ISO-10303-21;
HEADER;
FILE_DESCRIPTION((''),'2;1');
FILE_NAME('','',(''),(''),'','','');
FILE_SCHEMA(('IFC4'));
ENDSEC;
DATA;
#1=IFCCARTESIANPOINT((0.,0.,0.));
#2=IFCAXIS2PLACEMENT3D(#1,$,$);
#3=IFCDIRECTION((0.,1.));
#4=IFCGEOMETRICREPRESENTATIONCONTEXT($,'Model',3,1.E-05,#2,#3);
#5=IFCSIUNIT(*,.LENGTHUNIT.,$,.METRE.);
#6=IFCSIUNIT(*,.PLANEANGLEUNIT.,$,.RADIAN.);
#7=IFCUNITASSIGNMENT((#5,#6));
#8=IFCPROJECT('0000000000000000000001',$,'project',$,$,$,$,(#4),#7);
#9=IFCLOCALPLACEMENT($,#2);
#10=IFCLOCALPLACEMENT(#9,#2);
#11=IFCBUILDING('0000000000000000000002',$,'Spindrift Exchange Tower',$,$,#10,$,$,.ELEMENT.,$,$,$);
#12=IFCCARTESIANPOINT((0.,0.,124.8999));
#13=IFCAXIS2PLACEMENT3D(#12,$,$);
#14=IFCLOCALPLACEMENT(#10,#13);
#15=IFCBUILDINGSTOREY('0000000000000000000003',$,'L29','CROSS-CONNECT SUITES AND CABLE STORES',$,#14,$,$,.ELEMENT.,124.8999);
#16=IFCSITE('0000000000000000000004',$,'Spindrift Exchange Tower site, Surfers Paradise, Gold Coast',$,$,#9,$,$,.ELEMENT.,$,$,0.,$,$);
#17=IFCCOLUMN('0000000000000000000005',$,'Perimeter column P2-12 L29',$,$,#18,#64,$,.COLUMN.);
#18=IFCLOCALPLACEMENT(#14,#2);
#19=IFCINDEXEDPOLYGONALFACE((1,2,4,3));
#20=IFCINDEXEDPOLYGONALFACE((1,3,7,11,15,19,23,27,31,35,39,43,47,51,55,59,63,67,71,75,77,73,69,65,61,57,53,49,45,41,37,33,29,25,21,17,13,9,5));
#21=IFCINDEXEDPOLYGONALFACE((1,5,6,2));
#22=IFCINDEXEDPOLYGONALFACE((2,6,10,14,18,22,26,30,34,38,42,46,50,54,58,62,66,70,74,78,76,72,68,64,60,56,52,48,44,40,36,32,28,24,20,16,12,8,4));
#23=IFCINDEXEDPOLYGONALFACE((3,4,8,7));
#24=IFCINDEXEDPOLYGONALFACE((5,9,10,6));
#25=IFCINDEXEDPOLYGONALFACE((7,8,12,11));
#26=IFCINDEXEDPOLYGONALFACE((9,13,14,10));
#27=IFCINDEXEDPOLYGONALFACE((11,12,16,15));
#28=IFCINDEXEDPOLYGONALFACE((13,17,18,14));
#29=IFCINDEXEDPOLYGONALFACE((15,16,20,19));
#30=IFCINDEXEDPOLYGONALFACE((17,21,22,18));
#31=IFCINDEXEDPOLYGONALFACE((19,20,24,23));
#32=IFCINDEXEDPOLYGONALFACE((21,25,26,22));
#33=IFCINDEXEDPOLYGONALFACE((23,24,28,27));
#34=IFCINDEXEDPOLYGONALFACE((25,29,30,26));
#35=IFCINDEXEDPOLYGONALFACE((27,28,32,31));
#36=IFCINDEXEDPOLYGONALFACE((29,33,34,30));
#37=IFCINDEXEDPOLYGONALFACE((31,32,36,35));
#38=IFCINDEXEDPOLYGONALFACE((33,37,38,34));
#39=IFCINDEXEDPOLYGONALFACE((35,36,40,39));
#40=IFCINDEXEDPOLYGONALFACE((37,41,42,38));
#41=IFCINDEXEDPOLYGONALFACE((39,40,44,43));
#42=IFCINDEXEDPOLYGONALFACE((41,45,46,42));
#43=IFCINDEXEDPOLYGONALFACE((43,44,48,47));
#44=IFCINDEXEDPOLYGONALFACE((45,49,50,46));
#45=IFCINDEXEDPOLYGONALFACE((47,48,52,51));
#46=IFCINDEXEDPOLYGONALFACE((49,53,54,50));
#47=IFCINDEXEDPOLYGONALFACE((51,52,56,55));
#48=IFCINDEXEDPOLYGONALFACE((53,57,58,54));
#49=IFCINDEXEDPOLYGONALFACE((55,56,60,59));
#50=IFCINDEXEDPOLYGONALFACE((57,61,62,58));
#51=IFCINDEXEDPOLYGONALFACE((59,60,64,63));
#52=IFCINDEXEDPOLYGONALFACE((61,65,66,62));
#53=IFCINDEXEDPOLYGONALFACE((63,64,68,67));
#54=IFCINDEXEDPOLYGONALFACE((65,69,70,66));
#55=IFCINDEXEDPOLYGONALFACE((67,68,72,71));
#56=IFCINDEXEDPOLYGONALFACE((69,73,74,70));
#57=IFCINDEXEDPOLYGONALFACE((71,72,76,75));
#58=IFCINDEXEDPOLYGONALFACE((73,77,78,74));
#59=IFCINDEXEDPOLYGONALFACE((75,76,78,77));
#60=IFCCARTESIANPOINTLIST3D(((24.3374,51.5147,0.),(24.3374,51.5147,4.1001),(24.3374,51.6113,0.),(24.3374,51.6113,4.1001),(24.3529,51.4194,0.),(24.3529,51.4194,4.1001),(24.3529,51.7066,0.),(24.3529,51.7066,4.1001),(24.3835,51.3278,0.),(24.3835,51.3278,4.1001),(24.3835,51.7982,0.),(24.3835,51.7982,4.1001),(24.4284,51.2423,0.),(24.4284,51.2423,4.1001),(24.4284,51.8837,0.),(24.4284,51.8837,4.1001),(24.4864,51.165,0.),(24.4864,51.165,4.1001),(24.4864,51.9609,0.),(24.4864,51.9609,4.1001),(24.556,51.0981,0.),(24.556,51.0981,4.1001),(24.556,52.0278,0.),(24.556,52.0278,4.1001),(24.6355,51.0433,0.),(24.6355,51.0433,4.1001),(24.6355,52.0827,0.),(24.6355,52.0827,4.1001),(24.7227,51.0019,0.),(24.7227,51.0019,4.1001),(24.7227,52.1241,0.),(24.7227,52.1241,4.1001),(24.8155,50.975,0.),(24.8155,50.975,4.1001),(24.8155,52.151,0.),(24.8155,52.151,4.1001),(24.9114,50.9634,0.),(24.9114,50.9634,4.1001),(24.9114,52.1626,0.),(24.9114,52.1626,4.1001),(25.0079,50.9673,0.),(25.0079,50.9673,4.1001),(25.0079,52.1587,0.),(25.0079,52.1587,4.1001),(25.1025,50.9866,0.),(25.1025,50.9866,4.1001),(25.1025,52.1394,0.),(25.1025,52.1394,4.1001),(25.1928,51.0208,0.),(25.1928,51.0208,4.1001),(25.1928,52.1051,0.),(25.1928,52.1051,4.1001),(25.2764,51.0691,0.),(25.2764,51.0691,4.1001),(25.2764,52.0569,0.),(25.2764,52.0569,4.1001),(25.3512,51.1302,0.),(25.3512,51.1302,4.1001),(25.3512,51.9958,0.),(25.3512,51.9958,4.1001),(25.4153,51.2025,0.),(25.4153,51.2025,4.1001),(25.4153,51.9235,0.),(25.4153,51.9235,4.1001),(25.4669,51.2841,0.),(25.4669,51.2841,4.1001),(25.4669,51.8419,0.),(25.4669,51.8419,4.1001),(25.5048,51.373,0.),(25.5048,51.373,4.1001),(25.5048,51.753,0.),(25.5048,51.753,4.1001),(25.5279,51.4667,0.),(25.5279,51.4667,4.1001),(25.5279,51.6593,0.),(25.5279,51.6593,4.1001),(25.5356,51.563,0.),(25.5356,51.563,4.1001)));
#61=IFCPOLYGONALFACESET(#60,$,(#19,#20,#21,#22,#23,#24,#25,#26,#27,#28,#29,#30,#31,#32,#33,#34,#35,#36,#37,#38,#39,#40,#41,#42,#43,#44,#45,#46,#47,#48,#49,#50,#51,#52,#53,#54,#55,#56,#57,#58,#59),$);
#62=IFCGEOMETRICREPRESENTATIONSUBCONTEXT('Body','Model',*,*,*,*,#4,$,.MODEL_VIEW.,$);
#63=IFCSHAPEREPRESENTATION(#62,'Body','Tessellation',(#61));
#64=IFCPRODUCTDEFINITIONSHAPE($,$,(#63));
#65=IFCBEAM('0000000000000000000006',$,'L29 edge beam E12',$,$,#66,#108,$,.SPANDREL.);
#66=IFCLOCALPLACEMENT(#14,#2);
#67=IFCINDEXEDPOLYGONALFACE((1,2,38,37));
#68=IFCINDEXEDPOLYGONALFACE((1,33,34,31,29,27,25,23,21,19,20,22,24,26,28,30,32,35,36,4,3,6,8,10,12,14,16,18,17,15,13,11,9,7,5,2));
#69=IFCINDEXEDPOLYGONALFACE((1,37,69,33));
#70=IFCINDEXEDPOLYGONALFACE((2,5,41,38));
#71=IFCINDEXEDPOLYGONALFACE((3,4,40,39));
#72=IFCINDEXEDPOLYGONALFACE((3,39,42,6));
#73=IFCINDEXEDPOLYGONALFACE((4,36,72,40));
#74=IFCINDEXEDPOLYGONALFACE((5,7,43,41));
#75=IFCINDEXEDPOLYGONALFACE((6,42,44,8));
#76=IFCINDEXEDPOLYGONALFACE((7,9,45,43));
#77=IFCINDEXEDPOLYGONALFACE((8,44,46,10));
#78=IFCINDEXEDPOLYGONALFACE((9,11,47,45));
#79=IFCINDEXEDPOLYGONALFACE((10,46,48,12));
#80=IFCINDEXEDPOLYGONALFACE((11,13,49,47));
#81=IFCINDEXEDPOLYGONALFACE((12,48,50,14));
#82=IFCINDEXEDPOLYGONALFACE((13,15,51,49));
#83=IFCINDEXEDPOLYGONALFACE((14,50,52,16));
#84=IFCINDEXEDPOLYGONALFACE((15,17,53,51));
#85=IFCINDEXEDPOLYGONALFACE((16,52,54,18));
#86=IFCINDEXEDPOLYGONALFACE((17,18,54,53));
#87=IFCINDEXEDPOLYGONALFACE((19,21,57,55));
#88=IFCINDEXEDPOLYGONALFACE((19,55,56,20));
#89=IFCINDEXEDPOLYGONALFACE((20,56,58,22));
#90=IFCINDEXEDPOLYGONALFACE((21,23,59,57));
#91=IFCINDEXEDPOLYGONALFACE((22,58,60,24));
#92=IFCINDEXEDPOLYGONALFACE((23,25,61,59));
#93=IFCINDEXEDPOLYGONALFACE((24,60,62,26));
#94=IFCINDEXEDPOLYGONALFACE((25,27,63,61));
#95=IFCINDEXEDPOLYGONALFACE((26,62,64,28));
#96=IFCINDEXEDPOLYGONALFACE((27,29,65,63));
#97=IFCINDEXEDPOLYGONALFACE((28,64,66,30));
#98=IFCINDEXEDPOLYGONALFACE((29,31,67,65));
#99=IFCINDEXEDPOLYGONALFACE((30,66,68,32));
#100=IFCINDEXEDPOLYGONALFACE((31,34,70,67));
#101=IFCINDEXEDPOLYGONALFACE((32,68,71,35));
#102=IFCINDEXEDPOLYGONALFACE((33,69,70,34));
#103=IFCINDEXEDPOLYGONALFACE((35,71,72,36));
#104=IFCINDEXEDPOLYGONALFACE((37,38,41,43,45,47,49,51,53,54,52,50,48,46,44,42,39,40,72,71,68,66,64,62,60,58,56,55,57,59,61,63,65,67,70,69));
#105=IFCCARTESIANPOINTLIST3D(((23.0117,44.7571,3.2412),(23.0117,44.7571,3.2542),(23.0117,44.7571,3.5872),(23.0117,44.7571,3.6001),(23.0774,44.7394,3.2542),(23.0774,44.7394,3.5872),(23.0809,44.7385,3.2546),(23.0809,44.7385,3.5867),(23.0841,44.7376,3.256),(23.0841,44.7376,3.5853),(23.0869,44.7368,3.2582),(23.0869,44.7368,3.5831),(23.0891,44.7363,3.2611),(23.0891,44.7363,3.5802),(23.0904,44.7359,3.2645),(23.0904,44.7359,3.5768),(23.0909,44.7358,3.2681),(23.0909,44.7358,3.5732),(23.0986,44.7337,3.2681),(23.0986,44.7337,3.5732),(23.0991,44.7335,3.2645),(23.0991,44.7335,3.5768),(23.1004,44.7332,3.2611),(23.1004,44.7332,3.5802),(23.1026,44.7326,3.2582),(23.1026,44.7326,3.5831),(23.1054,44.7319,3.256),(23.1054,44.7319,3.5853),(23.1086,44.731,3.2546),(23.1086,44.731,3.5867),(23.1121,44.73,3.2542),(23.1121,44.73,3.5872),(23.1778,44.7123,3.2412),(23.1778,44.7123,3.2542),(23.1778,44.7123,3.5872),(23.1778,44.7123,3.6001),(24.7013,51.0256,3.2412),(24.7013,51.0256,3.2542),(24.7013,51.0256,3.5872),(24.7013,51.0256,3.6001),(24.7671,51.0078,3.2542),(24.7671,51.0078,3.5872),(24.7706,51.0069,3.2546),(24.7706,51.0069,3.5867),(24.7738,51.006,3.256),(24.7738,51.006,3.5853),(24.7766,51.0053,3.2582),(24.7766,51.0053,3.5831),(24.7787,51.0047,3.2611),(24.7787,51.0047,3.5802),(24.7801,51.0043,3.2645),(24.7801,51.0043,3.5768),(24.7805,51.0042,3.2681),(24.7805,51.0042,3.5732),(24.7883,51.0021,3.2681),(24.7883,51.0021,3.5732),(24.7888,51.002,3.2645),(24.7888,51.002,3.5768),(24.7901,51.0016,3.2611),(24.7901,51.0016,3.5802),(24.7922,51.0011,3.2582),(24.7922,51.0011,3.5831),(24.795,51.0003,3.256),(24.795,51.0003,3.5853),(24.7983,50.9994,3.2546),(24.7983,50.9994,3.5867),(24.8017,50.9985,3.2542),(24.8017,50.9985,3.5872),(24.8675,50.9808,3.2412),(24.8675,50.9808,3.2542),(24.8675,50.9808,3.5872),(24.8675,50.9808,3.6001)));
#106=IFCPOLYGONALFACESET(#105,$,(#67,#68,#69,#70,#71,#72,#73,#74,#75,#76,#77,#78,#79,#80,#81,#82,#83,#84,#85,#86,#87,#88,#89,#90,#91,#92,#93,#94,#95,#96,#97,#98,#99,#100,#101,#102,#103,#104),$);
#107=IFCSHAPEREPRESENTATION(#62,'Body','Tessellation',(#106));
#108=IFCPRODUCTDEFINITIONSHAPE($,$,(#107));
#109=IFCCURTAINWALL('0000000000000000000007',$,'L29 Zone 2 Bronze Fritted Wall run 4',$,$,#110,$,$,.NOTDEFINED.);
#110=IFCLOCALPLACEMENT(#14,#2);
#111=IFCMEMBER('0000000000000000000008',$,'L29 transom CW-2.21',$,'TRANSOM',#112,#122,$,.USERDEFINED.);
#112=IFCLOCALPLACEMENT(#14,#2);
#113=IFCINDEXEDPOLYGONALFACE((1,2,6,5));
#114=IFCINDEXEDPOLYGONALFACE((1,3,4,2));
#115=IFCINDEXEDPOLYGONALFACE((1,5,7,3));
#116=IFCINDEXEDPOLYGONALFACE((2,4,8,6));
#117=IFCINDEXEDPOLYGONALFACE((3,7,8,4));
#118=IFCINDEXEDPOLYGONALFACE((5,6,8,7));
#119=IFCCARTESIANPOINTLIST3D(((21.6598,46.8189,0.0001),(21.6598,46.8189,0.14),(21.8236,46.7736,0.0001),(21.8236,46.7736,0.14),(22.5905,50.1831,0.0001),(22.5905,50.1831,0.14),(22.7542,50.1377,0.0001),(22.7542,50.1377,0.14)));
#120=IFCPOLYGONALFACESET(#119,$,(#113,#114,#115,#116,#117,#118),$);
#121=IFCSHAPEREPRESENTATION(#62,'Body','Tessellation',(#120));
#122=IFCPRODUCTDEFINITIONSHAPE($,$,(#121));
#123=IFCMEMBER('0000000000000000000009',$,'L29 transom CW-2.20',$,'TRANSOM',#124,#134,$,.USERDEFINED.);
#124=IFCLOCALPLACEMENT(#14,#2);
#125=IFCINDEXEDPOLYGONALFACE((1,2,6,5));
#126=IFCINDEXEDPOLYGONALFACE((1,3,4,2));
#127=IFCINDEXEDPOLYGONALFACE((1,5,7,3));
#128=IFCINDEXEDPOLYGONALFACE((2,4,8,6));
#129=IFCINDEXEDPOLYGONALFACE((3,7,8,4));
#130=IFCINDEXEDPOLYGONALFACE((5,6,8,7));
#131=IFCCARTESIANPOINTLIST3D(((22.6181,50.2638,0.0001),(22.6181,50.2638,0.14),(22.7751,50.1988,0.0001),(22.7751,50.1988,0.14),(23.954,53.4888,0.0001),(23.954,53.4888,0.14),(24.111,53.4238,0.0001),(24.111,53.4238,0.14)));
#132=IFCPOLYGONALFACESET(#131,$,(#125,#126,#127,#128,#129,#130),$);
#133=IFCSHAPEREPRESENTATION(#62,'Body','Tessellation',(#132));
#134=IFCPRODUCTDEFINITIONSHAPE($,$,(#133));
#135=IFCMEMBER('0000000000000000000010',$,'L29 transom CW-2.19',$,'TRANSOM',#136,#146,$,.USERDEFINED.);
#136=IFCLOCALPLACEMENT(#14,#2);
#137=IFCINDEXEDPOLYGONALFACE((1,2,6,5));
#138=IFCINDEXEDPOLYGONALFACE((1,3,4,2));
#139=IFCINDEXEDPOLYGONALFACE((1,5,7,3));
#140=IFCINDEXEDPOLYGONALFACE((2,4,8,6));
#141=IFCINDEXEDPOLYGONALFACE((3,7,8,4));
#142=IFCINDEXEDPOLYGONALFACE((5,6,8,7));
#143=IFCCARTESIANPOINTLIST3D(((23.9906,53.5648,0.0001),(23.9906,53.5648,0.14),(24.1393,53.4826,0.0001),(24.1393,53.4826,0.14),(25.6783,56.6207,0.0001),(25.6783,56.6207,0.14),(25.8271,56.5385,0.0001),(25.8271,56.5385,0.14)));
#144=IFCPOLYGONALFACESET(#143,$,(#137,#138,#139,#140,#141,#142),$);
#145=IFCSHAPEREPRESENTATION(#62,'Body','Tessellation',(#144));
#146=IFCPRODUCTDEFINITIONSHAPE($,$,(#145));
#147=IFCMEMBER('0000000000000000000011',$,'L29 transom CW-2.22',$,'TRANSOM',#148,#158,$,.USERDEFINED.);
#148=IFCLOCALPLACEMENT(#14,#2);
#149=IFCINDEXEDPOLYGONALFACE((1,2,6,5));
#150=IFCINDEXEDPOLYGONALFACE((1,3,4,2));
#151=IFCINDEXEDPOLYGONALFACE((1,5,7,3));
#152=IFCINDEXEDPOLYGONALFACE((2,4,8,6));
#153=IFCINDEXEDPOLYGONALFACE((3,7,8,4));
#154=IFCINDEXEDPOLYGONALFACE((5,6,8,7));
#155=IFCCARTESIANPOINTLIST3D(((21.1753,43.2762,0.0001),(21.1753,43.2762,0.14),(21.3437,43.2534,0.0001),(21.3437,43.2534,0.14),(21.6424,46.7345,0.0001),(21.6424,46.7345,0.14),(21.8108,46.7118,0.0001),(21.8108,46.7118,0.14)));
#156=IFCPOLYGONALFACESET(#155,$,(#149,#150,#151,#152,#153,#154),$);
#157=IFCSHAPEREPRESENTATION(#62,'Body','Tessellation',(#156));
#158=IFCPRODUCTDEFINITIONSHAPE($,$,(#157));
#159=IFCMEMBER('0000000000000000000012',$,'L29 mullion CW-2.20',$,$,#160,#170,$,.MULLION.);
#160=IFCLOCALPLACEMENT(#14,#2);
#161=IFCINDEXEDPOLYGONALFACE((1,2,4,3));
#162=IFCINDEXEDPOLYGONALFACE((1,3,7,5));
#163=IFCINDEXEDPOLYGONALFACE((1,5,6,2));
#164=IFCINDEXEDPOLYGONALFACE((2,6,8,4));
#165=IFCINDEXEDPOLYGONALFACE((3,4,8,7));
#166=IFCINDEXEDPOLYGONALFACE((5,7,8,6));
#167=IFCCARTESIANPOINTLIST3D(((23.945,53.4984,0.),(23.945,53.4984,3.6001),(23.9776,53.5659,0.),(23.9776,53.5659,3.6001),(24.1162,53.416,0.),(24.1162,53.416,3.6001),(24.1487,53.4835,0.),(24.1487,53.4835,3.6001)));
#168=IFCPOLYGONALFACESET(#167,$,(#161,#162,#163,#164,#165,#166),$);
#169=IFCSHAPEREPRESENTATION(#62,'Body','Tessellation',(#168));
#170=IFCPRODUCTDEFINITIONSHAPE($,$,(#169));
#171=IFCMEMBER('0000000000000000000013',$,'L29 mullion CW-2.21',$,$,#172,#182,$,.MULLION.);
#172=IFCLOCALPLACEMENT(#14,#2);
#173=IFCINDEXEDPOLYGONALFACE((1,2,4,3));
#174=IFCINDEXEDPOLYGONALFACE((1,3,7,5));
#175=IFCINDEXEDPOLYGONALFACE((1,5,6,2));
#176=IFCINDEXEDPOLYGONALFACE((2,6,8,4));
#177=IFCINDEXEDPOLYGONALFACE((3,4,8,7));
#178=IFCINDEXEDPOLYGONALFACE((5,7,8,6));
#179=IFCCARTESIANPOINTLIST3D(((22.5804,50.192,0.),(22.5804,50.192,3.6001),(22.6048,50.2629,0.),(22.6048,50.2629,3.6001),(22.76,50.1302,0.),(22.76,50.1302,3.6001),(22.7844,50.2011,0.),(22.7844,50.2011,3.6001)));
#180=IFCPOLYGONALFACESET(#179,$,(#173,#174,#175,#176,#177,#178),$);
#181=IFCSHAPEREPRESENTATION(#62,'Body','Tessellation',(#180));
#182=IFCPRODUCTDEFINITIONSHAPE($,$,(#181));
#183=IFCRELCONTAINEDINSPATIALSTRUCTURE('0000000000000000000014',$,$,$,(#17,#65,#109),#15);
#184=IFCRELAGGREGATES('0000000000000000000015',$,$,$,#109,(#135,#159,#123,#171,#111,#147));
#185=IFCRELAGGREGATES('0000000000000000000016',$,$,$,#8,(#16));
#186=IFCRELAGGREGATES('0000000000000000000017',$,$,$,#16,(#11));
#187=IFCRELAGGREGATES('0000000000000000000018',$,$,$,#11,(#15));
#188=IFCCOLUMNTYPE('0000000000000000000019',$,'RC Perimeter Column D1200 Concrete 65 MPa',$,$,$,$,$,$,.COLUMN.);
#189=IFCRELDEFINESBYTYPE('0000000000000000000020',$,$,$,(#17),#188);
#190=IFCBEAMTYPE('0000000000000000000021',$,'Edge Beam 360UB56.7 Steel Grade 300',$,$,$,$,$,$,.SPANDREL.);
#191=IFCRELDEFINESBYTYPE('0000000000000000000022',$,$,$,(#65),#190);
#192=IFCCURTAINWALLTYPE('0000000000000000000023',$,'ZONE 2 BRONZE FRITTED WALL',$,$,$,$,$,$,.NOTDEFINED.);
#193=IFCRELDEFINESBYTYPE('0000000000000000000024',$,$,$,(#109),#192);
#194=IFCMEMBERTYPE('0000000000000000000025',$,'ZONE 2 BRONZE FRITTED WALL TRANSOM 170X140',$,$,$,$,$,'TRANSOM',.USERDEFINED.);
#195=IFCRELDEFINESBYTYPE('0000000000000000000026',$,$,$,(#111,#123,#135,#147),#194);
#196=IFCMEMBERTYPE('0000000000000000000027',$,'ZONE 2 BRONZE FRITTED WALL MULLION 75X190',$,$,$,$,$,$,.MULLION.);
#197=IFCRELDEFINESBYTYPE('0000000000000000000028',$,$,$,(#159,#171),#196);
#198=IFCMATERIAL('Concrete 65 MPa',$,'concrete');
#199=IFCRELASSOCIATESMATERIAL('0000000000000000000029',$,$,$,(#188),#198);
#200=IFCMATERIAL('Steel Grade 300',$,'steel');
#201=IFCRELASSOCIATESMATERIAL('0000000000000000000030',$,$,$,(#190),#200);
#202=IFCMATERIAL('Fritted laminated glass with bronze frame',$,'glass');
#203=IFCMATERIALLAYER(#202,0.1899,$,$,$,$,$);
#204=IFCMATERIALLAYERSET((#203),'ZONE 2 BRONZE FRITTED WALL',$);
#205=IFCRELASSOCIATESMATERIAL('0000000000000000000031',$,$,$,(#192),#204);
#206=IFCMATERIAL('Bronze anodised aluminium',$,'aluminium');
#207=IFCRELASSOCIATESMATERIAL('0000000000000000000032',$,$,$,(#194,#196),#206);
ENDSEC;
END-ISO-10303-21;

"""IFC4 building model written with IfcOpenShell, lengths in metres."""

from ifc_helpers import new_model, si_unit, direction, frame, origin, origin_2d, place, context, subcontext, project, spatial, rectangle, circle, i_section, extrude, source, transform, mapped, material, layer, layer_set, material_profile, profile_set, type_object, element, aggregate, save


model = new_model("IFC4")

# Units and contexts
model_context = context("Model", 3, precision=1e-05, world=origin(), true_north=direction((0.0, 1.0)))
body_context = subcontext(model_context, "Body", "Model", "MODEL_VIEW")
ifc_project = project(units=[si_unit("LENGTHUNIT", "METRE"), si_unit("PLANEANGLEUNIT", "RADIAN")], contexts=[model_context])

# Site, building, storey
site_placement = place(None, origin())
site = spatial("IfcSite", under=ifc_project, at=site_placement, Name="Spindrift Exchange Tower site, Surfers Paradise, Gold Coast", CompositionType="ELEMENT", RefElevation=0.0)
building_placement = place(site_placement, origin())
building = spatial("IfcBuilding", under=site, at=building_placement, Name="Spindrift Exchange Tower", CompositionType="ELEMENT")
storey_placement = place(building_placement, frame((0.0, 0.0, 124.8999)))
storey = spatial("IfcBuildingStorey", under=building, at=storey_placement, Name="L29", Description="CROSS-CONNECT SUITES AND CABLE STORES", CompositionType="ELEMENT", Elevation=124.8999)

# Column
ifc_material_1 = material(Name="Concrete 65 MPa", Category="concrete")
ifc_material_profile_1 = material_profile(ifc_material_1, circle(Radius=0.6001, at=origin_2d()), Name="RC D1200")
ifc_profile_set_1 = profile_set([ifc_material_profile_1], Name="Concrete 65 MPa")
column_type = type_object("IfcColumnType", Name="RC Perimeter Column D1200 Concrete 65 MPa", PredefinedType="COLUMN", material=ifc_profile_set_1)
shared_shape_1 = source(origin(), body_context, "Body", "SweptSolid", [
    extrude(circle(Radius=0.6001, at=origin_2d()), origin(), (0.0, 0.0, 1.0), 4.1001),
])
column_placement = place(storey_placement, frame((24.9355, 51.563, 0.0), z_axis=(0.0, 0.0, 1.0), x_axis=(1.0, 0.0, 0.0)))
element("IfcColumn", 1, at=column_placement, inside=storey, type_object=column_type, Name="Perimeter column P2-12 L29", PredefinedType="COLUMN", context=body_context, shape_type="MappedRepresentation", body=[
    mapped(shared_shape_1, transform((0.0, 0.0, 0.0), scale=1.0)),
])

# Beam
ifc_material_2 = material(Name="Steel Grade 300", Category="steel")
ifc_material_profile_2 = material_profile(ifc_material_2, i_section(OverallWidth=0.1721, OverallDepth=0.3589, WebThickness=0.0081, FlangeThickness=0.0129, FilletRadius=0.0139, at=origin_2d()), Name="360UB56.7")
ifc_profile_set_2 = profile_set([ifc_material_profile_2], Name="Steel Grade 300")
beam_type = type_object("IfcBeamType", Name="Edge Beam 360UB56.7 Steel Grade 300", PredefinedType="SPANDREL", material=ifc_profile_set_2)
shared_shape_2 = source(origin(), body_context, "Body", "SweptSolid", [
    extrude(i_section(OverallWidth=0.1721, OverallDepth=0.3589, WebThickness=0.0081, FlangeThickness=0.0129, FilletRadius=0.0139, at=origin_2d()), origin(), (0.0, 0.0, 1.0), 6.4922),
])
beam_placement = place(storey_placement, frame((24.7844, 51.0032, 3.4207), z_axis=(-0.260262, -0.965538, 0.0), x_axis=(0.965538, -0.260262, 0.0)))
element("IfcBeam", 2, at=beam_placement, inside=storey, type_object=beam_type, Name="L29 edge beam E12", PredefinedType="SPANDREL", context=body_context, shape_type="MappedRepresentation", body=[
    mapped(shared_shape_2, transform((0.0, 0.0, 0.0), scale=1.0)),
])

# Curtain wall, members
ifc_material_3 = material(Name="Fritted laminated glass with bronze frame", Category="glass")
ifc_layer_1 = layer(ifc_material_3, 0.1899)
ifc_layer_set_1 = layer_set([ifc_layer_1], Name="ZONE 2 BRONZE FRITTED WALL")
curtain_wall_type = type_object("IfcCurtainWallType", Name="ZONE 2 BRONZE FRITTED WALL", PredefinedType="NOTDEFINED", material=ifc_layer_set_1)
curtain_wall_placement = place(storey_placement, origin())
curtain_wall = element("IfcCurtainWall", 3, at=curtain_wall_placement, inside=storey, type_object=curtain_wall_type, Name="L29 Zone 2 Bronze Fritted Wall run 4", PredefinedType="NOTDEFINED")
ifc_material_4 = material(Name="Bronze anodised aluminium", Category="aluminium")
ifc_material_profile_3 = material_profile(ifc_material_4, rectangle(XDim=0.1699, YDim=0.1399, at=origin_2d()), Name="ZONE 2 BRONZE FRITTED WALL TRANSOM 170X140")
ifc_profile_set_3 = profile_set([ifc_material_profile_3], Name="Bronze anodised aluminium")
member_type_1 = type_object("IfcMemberType", Name="ZONE 2 BRONZE FRITTED WALL TRANSOM 170X140", ElementType="TRANSOM", PredefinedType="USERDEFINED", material=ifc_profile_set_3)
shared_shape_3 = source(origin(), body_context, "Body", "SweptSolid", [
    extrude(rectangle(XDim=0.1699, YDim=0.1399, at=origin_2d()), origin(), (0.0, 0.0, 1.0), 3.4905),
])
member_1_placement = place(storey_placement, frame((22.6724, 50.1604, 0.0701), z_axis=(-0.266637, -0.963797, 0.0), x_axis=(0.963797, -0.266637, 0.0)))
member_1 = element("IfcMember", 4, at=member_1_placement, type_object=member_type_1, Name="L29 transom CW-2.21", ObjectType="TRANSOM", PredefinedType="USERDEFINED", context=body_context, shape_type="MappedRepresentation", body=[
    mapped(shared_shape_3, transform((0.0, 0.0, 0.0), scale=1.0)),
])
shared_shape_4 = source(origin(), body_context, "Body", "SweptSolid", [
    extrude(rectangle(XDim=0.1699, YDim=0.1399, at=origin_2d()), origin(), (0.0, 0.0, 1.0), 3.4907),
])
member_2_placement = place(storey_placement, frame((24.0325, 53.4563, 0.0701), z_axis=(-0.382698, -0.923874, 0.0), x_axis=(0.923874, -0.382698, 0.0)))
member_2 = element("IfcMember", 5, at=member_2_placement, type_object=member_type_1, Name="L29 transom CW-2.20", ObjectType="TRANSOM", PredefinedType="USERDEFINED", context=body_context, shape_type="MappedRepresentation", body=[
    mapped(shared_shape_4, transform((0.0, 0.0, 0.0), scale=1.0)),
])
shared_shape_5 = source(origin(), body_context, "Body", "SweptSolid", [
    extrude(rectangle(XDim=0.1699, YDim=0.1399, at=origin_2d()), origin(), (0.0, 0.0, 1.0), 3.491),
])
member_3_placement = place(storey_placement, frame((25.7527, 56.5796, 0.0701), z_axis=(-0.483456, -0.875369, 0.0), x_axis=(0.875369, -0.483456, 0.0)))
member_3 = element("IfcMember", 6, at=member_3_placement, type_object=member_type_1, Name="L29 transom CW-2.19", ObjectType="TRANSOM", PredefinedType="USERDEFINED", context=body_context, shape_type="MappedRepresentation", body=[
    mapped(shared_shape_5, transform((0.0, 0.0, 0.0), scale=1.0)),
])
shared_shape_6 = source(origin(), body_context, "Body", "SweptSolid", [
    extrude(rectangle(XDim=0.1699, YDim=0.1399, at=origin_2d()), origin(), (0.0, 0.0, 1.0), 3.4897),
])
member_4_placement = place(storey_placement, frame((21.7266, 46.7231, 0.0701), z_axis=(-0.133836, -0.991003, 0.0), x_axis=(0.991003, -0.133836, 0.0)))
member_4 = element("IfcMember", 7, at=member_4_placement, type_object=member_type_1, Name="L29 transom CW-2.22", ObjectType="TRANSOM", PredefinedType="USERDEFINED", context=body_context, shape_type="MappedRepresentation", body=[
    mapped(shared_shape_6, transform((0.0, 0.0, 0.0), scale=1.0)),
])
ifc_material_profile_4 = material_profile(ifc_material_4, rectangle(XDim=0.075, YDim=0.1899, at=origin_2d()), Name="ZONE 2 BRONZE FRITTED WALL MULLION 75X190")
ifc_profile_set_4 = profile_set([ifc_material_profile_4], Name="Bronze anodised aluminium")
member_type_2 = type_object("IfcMemberType", Name="ZONE 2 BRONZE FRITTED WALL MULLION 75X190", PredefinedType="MULLION", material=ifc_profile_set_4)
shared_shape_7 = source(origin(), body_context, "Body", "SweptSolid", [
    extrude(rectangle(XDim=0.075, YDim=0.1899, at=origin_2d()), origin(), (0.0, 0.0, 1.0), 3.6001),
])
member_5_placement = place(storey_placement, frame((24.0469, 53.491, 0.0), z_axis=(0.0, 0.0, 1.0), x_axis=(-0.433741, -0.901038, 0.0)))
member_5 = element("IfcMember", 8, at=member_5_placement, type_object=member_type_2, Name="L29 mullion CW-2.20", PredefinedType="MULLION", context=body_context, shape_type="MappedRepresentation", body=[
    mapped(shared_shape_7, transform((0.0, 0.0, 0.0), scale=1.0)),
])
member_6_placement = place(storey_placement, frame((22.6824, 50.1965, 0.0), z_axis=(0.0, 0.0, 1.0), x_axis=(-0.32526, -0.945625, 0.0)))
member_6 = element("IfcMember", 9, at=member_6_placement, type_object=member_type_2, Name="L29 mullion CW-2.21", PredefinedType="MULLION", context=body_context, shape_type="MappedRepresentation", body=[
    mapped(shared_shape_7, transform((0.0, 0.0, 0.0), scale=1.0)),
])
aggregate(curtain_wall, [member_3, member_5, member_2, member_6, member_1, member_4])

save(model, "model.ifc")
